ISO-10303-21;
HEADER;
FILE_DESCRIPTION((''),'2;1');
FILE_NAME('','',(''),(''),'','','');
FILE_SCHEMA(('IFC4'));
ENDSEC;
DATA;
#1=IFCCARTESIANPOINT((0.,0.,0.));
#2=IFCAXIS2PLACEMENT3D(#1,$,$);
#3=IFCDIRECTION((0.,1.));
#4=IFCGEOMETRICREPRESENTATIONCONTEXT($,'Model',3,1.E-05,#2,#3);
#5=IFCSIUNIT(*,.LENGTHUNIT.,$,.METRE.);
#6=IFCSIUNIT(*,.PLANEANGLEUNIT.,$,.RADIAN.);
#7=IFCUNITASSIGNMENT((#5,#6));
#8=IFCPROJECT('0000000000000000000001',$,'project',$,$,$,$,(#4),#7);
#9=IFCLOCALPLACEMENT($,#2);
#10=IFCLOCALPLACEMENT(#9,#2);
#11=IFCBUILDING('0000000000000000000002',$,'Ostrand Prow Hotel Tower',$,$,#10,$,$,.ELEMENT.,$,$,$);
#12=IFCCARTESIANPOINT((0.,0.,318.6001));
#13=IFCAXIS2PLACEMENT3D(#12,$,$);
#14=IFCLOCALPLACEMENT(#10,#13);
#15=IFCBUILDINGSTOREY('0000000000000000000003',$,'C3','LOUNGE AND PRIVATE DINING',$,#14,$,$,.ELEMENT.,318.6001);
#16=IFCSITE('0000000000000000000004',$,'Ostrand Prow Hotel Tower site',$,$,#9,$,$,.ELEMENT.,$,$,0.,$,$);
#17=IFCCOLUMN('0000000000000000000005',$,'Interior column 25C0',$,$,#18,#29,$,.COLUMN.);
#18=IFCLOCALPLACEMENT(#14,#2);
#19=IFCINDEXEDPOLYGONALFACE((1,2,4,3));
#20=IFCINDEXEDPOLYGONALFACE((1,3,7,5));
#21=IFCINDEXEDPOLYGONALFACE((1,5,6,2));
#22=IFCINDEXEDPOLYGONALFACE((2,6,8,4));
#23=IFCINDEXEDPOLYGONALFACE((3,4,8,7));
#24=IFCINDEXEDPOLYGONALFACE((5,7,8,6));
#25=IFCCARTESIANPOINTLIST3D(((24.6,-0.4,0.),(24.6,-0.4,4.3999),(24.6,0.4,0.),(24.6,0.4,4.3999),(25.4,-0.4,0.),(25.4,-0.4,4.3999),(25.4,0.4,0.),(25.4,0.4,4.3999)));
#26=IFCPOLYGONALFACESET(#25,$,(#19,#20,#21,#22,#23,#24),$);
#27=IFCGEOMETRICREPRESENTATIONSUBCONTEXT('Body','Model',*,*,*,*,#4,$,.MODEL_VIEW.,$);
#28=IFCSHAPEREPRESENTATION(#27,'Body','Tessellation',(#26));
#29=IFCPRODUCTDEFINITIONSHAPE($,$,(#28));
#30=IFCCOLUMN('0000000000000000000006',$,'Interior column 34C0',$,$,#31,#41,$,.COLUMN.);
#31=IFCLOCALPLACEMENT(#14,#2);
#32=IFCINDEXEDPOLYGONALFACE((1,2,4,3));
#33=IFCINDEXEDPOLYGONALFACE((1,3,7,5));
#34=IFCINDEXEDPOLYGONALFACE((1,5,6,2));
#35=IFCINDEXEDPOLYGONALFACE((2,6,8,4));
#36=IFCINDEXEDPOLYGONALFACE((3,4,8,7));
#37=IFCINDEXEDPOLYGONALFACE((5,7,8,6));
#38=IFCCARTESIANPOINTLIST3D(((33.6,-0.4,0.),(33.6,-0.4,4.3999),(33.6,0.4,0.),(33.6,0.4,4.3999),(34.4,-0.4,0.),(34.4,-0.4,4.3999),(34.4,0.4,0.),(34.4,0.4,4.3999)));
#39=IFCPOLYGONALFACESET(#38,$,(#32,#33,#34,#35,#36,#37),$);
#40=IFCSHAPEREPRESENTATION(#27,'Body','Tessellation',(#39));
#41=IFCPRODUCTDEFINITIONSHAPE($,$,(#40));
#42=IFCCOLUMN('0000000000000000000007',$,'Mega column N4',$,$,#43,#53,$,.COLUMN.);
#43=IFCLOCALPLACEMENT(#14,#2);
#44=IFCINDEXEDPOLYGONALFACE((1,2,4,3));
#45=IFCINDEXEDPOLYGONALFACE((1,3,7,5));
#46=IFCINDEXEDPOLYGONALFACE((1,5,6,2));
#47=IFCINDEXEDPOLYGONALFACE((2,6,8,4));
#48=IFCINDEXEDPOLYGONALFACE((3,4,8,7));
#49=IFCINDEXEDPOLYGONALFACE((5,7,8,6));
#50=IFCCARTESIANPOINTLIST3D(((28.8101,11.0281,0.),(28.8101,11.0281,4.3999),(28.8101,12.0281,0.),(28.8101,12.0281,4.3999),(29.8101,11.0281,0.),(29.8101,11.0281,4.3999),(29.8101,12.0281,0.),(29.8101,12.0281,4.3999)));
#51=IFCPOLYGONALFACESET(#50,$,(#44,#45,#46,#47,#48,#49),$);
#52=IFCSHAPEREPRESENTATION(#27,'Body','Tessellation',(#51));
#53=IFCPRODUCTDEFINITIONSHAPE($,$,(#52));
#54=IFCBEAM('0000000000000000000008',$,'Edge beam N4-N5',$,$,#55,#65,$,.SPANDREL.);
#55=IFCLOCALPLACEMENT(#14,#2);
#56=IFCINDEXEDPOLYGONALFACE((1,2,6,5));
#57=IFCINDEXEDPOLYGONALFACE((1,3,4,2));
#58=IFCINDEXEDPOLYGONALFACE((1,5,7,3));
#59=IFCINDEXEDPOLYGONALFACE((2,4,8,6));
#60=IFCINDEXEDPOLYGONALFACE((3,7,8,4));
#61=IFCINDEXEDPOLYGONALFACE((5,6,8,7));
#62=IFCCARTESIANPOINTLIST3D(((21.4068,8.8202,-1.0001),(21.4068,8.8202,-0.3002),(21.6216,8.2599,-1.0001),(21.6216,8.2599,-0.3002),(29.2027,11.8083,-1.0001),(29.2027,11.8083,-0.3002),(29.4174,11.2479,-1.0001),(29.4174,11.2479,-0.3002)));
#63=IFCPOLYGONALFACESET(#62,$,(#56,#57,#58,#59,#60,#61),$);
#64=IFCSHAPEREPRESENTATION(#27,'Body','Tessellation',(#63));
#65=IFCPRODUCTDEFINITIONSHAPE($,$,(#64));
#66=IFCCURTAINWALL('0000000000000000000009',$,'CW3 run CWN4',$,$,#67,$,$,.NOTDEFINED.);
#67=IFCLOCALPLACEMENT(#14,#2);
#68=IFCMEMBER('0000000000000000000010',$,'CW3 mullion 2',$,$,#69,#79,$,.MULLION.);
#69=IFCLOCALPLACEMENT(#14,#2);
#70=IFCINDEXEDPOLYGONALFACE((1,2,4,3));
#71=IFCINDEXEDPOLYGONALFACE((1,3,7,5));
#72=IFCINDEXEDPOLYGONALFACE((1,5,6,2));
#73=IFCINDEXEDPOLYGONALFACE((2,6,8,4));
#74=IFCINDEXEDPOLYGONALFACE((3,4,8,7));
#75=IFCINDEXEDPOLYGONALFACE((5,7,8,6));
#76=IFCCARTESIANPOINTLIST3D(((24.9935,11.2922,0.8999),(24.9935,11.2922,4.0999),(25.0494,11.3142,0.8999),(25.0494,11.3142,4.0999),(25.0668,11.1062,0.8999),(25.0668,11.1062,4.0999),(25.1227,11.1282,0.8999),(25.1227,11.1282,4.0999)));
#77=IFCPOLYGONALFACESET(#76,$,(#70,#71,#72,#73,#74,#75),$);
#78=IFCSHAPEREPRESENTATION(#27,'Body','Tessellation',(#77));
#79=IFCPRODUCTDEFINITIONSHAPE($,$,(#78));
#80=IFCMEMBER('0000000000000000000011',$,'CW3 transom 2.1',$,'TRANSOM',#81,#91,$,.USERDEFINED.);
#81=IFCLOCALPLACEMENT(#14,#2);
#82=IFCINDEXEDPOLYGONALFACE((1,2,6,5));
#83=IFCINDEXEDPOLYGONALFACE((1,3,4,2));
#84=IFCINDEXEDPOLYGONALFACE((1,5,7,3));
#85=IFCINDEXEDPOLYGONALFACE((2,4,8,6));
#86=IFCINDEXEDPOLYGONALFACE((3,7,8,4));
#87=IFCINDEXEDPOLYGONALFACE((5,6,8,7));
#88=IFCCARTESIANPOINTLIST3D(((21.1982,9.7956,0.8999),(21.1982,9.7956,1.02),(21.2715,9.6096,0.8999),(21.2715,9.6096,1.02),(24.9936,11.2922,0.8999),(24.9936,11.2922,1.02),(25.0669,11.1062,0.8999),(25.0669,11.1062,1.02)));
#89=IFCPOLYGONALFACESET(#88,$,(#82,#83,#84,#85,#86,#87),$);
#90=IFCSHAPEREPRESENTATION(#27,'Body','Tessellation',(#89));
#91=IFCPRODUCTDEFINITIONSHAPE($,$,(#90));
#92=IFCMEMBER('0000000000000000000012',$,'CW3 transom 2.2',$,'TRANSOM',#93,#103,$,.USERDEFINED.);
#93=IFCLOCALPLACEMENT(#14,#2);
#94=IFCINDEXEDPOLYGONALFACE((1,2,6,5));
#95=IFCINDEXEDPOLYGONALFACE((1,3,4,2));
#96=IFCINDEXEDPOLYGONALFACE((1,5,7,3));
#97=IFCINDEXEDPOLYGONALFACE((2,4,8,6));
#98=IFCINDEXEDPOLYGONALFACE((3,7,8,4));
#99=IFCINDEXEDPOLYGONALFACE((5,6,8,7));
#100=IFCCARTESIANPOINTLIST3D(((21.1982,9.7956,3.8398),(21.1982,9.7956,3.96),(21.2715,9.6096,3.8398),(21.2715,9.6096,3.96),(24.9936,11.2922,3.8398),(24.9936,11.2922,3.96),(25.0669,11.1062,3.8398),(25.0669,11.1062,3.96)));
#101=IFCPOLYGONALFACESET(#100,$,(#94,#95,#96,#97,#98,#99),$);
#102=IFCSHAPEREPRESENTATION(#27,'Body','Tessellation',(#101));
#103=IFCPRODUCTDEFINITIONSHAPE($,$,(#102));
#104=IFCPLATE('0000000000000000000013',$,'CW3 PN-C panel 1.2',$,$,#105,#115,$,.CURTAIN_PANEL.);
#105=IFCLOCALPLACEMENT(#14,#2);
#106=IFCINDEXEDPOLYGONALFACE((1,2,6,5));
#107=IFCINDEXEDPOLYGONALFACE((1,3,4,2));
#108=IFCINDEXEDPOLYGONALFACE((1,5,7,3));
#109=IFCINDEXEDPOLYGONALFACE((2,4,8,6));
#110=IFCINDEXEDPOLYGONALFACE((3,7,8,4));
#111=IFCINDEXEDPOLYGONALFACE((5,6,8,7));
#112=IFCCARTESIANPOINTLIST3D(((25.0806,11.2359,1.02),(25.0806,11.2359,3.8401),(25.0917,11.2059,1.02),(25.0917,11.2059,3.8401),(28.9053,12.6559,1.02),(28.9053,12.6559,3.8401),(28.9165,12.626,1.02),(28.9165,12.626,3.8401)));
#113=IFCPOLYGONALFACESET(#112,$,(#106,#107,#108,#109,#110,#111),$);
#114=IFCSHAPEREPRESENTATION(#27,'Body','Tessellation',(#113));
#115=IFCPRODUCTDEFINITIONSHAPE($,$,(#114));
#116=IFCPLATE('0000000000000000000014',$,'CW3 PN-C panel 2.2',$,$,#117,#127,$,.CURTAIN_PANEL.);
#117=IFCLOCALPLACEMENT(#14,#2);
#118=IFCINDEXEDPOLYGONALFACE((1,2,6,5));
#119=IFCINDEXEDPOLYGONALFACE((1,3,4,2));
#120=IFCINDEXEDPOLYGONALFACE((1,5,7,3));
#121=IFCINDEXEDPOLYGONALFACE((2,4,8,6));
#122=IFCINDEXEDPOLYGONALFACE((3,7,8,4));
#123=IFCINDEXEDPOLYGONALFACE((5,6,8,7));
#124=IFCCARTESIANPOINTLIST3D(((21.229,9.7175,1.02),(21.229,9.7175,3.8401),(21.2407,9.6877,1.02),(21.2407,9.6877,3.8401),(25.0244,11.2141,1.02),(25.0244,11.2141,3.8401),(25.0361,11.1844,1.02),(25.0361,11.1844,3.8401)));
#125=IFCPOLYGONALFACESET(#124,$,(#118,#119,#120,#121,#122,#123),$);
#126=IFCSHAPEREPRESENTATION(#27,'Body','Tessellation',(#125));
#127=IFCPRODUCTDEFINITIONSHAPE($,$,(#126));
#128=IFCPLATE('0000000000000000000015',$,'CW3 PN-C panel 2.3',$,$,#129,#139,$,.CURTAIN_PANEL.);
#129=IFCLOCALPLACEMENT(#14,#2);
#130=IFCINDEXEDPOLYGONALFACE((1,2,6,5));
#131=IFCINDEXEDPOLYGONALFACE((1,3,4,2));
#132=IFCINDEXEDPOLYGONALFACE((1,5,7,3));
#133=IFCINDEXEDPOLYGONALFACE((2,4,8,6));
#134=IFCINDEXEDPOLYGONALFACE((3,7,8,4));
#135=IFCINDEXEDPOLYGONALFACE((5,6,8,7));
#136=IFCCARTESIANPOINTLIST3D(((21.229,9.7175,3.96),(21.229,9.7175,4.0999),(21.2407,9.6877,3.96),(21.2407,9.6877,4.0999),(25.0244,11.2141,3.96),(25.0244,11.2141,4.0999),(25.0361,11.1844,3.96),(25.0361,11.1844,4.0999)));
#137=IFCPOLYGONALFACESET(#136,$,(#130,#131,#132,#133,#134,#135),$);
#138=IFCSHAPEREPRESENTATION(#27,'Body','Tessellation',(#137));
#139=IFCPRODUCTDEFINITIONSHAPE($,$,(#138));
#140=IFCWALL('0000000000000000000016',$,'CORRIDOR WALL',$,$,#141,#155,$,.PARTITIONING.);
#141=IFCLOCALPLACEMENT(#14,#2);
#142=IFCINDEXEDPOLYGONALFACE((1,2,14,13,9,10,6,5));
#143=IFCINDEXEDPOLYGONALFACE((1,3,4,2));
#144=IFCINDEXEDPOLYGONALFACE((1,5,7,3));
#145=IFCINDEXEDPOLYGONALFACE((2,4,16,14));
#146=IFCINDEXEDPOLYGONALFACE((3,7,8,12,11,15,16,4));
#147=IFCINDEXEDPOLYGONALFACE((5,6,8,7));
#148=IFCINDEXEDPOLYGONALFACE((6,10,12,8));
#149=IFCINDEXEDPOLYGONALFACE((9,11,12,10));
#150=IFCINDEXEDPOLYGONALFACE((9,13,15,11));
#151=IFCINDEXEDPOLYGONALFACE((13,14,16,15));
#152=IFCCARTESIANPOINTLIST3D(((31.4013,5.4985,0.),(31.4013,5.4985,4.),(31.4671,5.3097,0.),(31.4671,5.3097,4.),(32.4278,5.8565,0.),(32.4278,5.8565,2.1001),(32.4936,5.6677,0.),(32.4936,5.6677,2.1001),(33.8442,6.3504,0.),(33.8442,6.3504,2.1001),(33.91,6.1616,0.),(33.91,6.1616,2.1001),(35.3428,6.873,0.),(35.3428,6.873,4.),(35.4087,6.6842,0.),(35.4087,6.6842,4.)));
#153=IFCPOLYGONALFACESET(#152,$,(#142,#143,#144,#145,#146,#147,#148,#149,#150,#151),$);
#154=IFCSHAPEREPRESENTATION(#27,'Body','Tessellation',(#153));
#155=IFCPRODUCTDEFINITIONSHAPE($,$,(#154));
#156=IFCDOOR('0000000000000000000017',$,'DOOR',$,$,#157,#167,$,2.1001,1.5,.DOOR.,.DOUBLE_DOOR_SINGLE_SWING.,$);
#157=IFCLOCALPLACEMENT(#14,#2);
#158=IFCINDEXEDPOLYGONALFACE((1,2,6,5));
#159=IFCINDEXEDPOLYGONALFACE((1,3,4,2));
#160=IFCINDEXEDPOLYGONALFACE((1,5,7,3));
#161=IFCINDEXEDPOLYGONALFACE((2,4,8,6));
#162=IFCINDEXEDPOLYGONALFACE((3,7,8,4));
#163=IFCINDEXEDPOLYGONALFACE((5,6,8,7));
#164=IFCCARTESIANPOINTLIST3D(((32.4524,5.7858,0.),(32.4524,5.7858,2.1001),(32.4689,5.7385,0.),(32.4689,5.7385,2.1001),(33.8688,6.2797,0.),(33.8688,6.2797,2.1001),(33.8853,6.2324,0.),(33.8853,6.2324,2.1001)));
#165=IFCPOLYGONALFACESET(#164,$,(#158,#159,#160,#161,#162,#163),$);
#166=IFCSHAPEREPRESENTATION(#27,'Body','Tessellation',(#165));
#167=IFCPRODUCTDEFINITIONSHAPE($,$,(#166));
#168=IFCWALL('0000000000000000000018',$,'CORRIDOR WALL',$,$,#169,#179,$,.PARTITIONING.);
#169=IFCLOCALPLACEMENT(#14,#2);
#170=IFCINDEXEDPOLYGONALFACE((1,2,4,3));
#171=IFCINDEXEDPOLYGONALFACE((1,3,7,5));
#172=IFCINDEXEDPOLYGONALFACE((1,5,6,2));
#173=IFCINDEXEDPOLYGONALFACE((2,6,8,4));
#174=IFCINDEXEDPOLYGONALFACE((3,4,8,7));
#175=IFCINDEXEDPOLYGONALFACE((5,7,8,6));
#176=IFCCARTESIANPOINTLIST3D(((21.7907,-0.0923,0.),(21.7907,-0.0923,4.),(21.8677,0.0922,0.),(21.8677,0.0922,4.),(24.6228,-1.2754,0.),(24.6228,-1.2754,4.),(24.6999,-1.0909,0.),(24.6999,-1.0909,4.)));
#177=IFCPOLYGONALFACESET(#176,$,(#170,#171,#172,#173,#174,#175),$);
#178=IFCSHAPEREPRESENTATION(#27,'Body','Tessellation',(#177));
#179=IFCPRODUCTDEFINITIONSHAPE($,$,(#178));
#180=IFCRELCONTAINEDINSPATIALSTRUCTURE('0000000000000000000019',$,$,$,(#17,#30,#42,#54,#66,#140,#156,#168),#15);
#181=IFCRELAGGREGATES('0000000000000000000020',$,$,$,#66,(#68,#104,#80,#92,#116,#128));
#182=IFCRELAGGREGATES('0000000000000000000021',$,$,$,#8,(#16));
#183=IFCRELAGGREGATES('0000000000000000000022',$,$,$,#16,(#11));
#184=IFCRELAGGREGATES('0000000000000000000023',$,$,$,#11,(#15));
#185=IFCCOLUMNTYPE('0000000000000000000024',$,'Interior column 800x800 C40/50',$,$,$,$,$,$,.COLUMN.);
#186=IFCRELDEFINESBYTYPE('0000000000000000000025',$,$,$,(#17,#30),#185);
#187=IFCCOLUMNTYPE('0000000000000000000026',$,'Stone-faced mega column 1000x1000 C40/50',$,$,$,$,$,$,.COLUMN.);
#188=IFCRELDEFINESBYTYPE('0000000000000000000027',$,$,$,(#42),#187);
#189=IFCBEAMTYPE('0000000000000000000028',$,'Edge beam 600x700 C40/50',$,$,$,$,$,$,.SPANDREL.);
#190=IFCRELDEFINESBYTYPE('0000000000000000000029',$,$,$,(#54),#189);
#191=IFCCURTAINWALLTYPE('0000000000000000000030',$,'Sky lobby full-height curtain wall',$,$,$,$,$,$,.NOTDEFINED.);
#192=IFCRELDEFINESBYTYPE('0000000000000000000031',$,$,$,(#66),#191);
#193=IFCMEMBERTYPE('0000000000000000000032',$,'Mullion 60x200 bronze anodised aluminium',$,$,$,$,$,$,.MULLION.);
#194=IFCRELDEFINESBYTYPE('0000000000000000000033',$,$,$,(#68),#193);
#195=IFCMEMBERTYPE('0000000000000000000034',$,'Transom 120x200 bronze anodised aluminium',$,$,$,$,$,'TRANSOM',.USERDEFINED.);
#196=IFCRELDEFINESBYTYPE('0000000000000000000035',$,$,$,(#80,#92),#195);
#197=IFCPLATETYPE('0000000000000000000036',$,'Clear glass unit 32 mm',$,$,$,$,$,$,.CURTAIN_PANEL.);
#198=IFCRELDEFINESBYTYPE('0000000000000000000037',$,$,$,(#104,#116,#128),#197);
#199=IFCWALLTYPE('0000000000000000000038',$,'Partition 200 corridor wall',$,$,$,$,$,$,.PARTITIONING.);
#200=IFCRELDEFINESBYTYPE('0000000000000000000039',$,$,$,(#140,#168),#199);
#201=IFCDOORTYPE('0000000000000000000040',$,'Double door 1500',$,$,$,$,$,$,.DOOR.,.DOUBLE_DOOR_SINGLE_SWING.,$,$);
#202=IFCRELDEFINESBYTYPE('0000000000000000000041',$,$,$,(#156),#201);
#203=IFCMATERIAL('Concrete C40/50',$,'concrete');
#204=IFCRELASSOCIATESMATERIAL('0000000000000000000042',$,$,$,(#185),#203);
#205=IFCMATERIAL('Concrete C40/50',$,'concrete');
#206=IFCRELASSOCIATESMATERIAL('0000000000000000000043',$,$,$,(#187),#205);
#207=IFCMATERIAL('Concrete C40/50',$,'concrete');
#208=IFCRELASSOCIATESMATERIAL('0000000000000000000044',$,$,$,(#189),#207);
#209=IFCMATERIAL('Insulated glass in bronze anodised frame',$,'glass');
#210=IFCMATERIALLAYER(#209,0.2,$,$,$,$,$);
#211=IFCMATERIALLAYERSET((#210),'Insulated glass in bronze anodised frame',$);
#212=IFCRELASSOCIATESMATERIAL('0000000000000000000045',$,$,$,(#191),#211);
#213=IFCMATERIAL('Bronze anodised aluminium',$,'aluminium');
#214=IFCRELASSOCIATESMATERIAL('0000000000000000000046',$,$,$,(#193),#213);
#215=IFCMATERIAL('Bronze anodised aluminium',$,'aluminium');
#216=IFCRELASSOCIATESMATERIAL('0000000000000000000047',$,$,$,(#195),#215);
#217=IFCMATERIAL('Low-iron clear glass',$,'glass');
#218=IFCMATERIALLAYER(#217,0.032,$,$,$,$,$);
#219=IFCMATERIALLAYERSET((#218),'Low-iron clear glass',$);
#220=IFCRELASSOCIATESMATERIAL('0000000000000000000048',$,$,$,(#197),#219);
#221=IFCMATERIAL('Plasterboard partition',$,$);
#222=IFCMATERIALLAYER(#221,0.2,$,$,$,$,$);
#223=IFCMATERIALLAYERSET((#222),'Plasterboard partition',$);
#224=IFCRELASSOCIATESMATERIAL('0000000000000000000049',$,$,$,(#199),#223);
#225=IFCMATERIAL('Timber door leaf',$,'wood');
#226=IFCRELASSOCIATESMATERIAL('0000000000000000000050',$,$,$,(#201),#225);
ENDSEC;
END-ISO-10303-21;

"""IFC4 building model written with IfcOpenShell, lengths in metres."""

from ifc_helpers import new_model, si_unit, direction, frame, frame_2d, origin, origin_2d, place, context, subcontext, project, spatial, rectangle, extrude, material, layer, layer_set, material_profile, profile_set, type_object, element, fill, aggregate, save


model = new_model("IFC4")

# Units and contexts
model_context = context("Model", 3, precision=1e-05, world=origin(), true_north=direction((0.0, 1.0)))
body_context = subcontext(model_context, "Body", "Model", "MODEL_VIEW")
ifc_project = project(units=[si_unit("LENGTHUNIT", "METRE"), si_unit("PLANEANGLEUNIT", "RADIAN")], contexts=[model_context])

# Site, building, storey
site_placement = place(None, origin())
site = spatial("IfcSite", under=ifc_project, at=site_placement, Name="Ostrand Prow Hotel Tower site", CompositionType="ELEMENT", RefElevation=0.0)
building_placement = place(site_placement, origin())
building = spatial("IfcBuilding", under=site, at=building_placement, Name="Ostrand Prow Hotel Tower", CompositionType="ELEMENT")
storey_placement = place(building_placement, frame((0.0, 0.0, 318.6001)))
storey = spatial("IfcBuildingStorey", under=building, at=storey_placement, Name="C3", Description="LOUNGE AND PRIVATE DINING", CompositionType="ELEMENT", Elevation=318.6001)

# Columns
ifc_material_1 = material(Name="Concrete C40/50", Category="concrete")
ifc_material_profile_1 = material_profile(ifc_material_1, rectangle(XDim=0.8, YDim=0.8, at=origin_2d()), Name="RC 800x800")
ifc_profile_set_1 = profile_set([ifc_material_profile_1], Name="Concrete C40/50")
column_type_1 = type_object("IfcColumnType", Name="Interior column 800x800 C40/50", PredefinedType="COLUMN", material=ifc_profile_set_1)
for number, where, z_axis, x_axis, name in (
    (1, (25.0, 0.0, 0.0), (0.0, 0.0, 1.0), (1.0, 0.0, 0.0), "Interior column 25C0"),
    (2, (34.0, 0.0, 0.0), (0.0, 0.0, 1.0), (1.0, 0.0, 0.0), "Interior column 34C0"),
):
    element("IfcColumn", number, at=place(storey_placement, frame(where, z_axis=z_axis, x_axis=x_axis)), inside=storey, type_object=column_type_1, Name=name, PredefinedType="COLUMN", context=body_context, shape_type="SweptSolid", body=[
        extrude(rectangle(XDim=0.8, YDim=0.8, at=origin_2d()), origin(), (0.0, 0.0, 1.0), 4.3999),
    ])
ifc_material_2 = material(Name="Concrete C40/50", Category="concrete")
ifc_material_profile_2 = material_profile(ifc_material_2, rectangle(XDim=1.0, YDim=1.0, at=origin_2d()), Name="RC 1000x1000")
ifc_profile_set_2 = profile_set([ifc_material_profile_2], Name="Concrete C40/50")
column_type_2 = type_object("IfcColumnType", Name="Stone-faced mega column 1000x1000 C40/50", PredefinedType="COLUMN", material=ifc_profile_set_2)
column_placement = place(storey_placement, frame((29.3101, 11.5281, 0.0), z_axis=(0.0, 0.0, 1.0), x_axis=(1.0, 0.0, 0.0)))
element("IfcColumn", 3, at=column_placement, inside=storey, type_object=column_type_2, Name="Mega column N4", PredefinedType="COLUMN", context=body_context, shape_type="SweptSolid", body=[
    extrude(rectangle(XDim=1.0, YDim=1.0, at=origin_2d()), origin(), (0.0, 0.0, 1.0), 4.3999),
])

# Beam
ifc_material_3 = material(Name="Concrete C40/50", Category="concrete")
ifc_material_profile_3 = material_profile(ifc_material_3, rectangle(XDim=0.6001, YDim=0.7, at=origin_2d()), Name="RC 600x700")
ifc_profile_set_3 = profile_set([ifc_material_profile_3], Name="Concrete C40/50")
beam_type = type_object("IfcBeamType", Name="Edge beam 600x700 C40/50", PredefinedType="SPANDREL", material=ifc_profile_set_3)
beam_placement = place(storey_placement, frame((29.3101, 11.5281, -0.6501), z_axis=(-0.933762, -0.357895, 0.0), x_axis=(0.357895, -0.933762, 0.0)))
element("IfcBeam", 4, at=beam_placement, inside=storey, type_object=beam_type, Name="Edge beam N4-N5", PredefinedType="SPANDREL", context=body_context, shape_type="SweptSolid", body=[
    extrude(rectangle(XDim=0.6001, YDim=0.7, at=origin_2d()), origin(), (0.0, 0.0, 1.0), 8.3489),
])

# Curtain wall, members, plates
ifc_material_4 = material(Name="Insulated glass in bronze anodised frame", Category="glass")
ifc_layer_1 = layer(ifc_material_4, 0.2)
ifc_layer_set_1 = layer_set([ifc_layer_1], Name="Insulated glass in bronze anodised frame")
curtain_wall_type = type_object("IfcCurtainWallType", Name="Sky lobby full-height curtain wall", PredefinedType="NOTDEFINED", material=ifc_layer_set_1)
curtain_wall_placement = place(storey_placement, origin())
curtain_wall = element("IfcCurtainWall", 5, at=curtain_wall_placement, inside=storey, type_object=curtain_wall_type, Name="CW3 run CWN4", PredefinedType="NOTDEFINED")
ifc_material_5 = material(Name="Bronze anodised aluminium", Category="aluminium")
ifc_material_profile_4 = material_profile(ifc_material_5, rectangle(XDim=0.2, YDim=0.0601, at=origin_2d()), Name="Mullion 60x200 bronze anodised aluminium")
ifc_profile_set_4 = profile_set([ifc_material_profile_4], Name="Bronze anodised aluminium")
member_type_1 = type_object("IfcMemberType", Name="Mullion 60x200 bronze anodised aluminium", PredefinedType="MULLION", material=ifc_profile_set_4)
member_1_placement = place(storey_placement, frame((25.0581, 11.2102, 0.8999), z_axis=(0.0, 0.0, 1.0), x_axis=(0.366845, -0.930282, 0.0)))
member_1 = element("IfcMember", 6, at=member_1_placement, type_object=member_type_1, Name="CW3 mullion 2", PredefinedType="MULLION", context=body_context, shape_type="SweptSolid", body=[
    extrude(rectangle(XDim=0.2, YDim=0.0601, at=origin_2d()), origin(), (0.0, 0.0, 1.0), 3.2),
])
ifc_material_6 = material(Name="Bronze anodised aluminium", Category="aluminium")
ifc_material_profile_5 = material_profile(ifc_material_6, rectangle(XDim=0.2, YDim=0.1201, at=origin_2d()), Name="Transom 120x200 bronze anodised aluminium")
ifc_profile_set_5 = profile_set([ifc_material_profile_5], Name="Bronze anodised aluminium")
member_type_2 = type_object("IfcMemberType", Name="Transom 120x200 bronze anodised aluminium", ElementType="TRANSOM", PredefinedType="USERDEFINED", material=ifc_profile_set_5)
member_2_placement = place(storey_placement, frame((25.0303, 11.1992, 0.96), z_axis=(-0.93029, -0.366826, 0.0), x_axis=(0.366826, -0.93029, 0.0)))
member_2 = element("IfcMember", 7, at=member_2_placement, type_object=member_type_2, Name="CW3 transom 2.1", ObjectType="TRANSOM", PredefinedType="USERDEFINED", context=body_context, shape_type="SweptSolid", body=[
    extrude(rectangle(XDim=0.2, YDim=0.1201, at=origin_2d()), origin(), (0.0, 0.0, 1.0), 4.0798),
])
member_3_placement = place(storey_placement, frame((25.0303, 11.1992, 3.8999), z_axis=(-0.93029, -0.366826, 0.0), x_axis=(0.366826, -0.93029, 0.0)))
member_3 = element("IfcMember", 8, at=member_3_placement, type_object=member_type_2, Name="CW3 transom 2.2", ObjectType="TRANSOM", PredefinedType="USERDEFINED", context=body_context, shape_type="SweptSolid", body=[
    extrude(rectangle(XDim=0.2, YDim=0.1201, at=origin_2d()), origin(), (0.0, 0.0, 1.0), 4.0798),
])
ifc_material_7 = material(Name="Low-iron clear glass", Category="glass")
ifc_layer_2 = layer(ifc_material_7, 0.032)
ifc_layer_set_2 = layer_set([ifc_layer_2], Name="Low-iron clear glass")
plate_type = type_object("IfcPlateType", Name="Clear glass unit 32 mm", PredefinedType="CURTAIN_PANEL", material=ifc_layer_set_2)
plate_1_placement = place(storey_placement, frame((26.9985, 11.9309, 1.02), z_axis=(0.0, 0.0, 1.0), x_axis=(-0.937468, -0.348071, 0.0)))
plate_1 = element("IfcPlate", 9, at=plate_1_placement, type_object=plate_type, Name="CW3 PN-C panel 1.2", PredefinedType="CURTAIN_PANEL", context=body_context, shape_type="SweptSolid", body=[
    extrude(rectangle(XDim=4.0798, YDim=0.032, at=origin_2d()), origin(), (0.0, 0.0, 1.0), 2.8201),
])
plate_2_placement = place(storey_placement, frame((23.1326, 10.4509, 1.02), z_axis=(0.0, 0.0, 1.0), x_axis=(-0.930282, -0.366845, 0.0)))
plate_2 = element("IfcPlate", 10, at=plate_2_placement, type_object=plate_type, Name="CW3 PN-C panel 2.2", PredefinedType="CURTAIN_PANEL", context=body_context, shape_type="SweptSolid", body=[
    extrude(rectangle(XDim=4.0798, YDim=0.032, at=origin_2d()), origin(), (0.0, 0.0, 1.0), 2.8201),
])
plate_3_placement = place(storey_placement, frame((23.1326, 10.4509, 3.96), z_axis=(0.0, 0.0, 1.0), x_axis=(-0.930282, -0.366845, 0.0)))
plate_3 = element("IfcPlate", 11, at=plate_3_placement, type_object=plate_type, Name="CW3 PN-C panel 2.3", PredefinedType="CURTAIN_PANEL", context=body_context, shape_type="SweptSolid", body=[
    extrude(rectangle(XDim=4.0798, YDim=0.032, at=origin_2d()), origin(), (0.0, 0.0, 1.0), 0.1399),
])
aggregate(curtain_wall, [member_1, plate_1, member_2, member_3, plate_2, plate_3])

# Wall, opening, door
ifc_material_8 = material(Name="Plasterboard partition")
ifc_layer_3 = layer(ifc_material_8, 0.2)
ifc_layer_set_3 = layer_set([ifc_layer_3], Name="Plasterboard partition")
wall_type_1 = type_object("IfcWallType", Name="Partition 200 corridor wall", PredefinedType="PARTITIONING", material=ifc_layer_set_3)
wall_1_placement = place(storey_placement, frame((35.3757, 6.7786, 0.0), z_axis=(0.0, 0.0, 1.0), x_axis=(-0.944236, -0.329269, 0.0)))
wall_1 = element("IfcWall", 12, at=wall_1_placement, inside=storey, type_object=wall_type_1, Name="CORRIDOR WALL", PredefinedType="PARTITIONING", context=body_context, shape_type="SweptSolid", body=[
    extrude(rectangle(XDim=4.1743, YDim=0.2, at=frame_2d((2.0872, 0.0))), origin(), (0.0, 0.0, 1.0), 4.0),
])
opening_1_placement = place(wall_1_placement, frame((1.5872, 0.0, 0.0)))
opening_1 = element("IfcOpeningElement", 13, at=opening_1_placement, cuts=wall_1, PredefinedType="OPENING", context=body_context, shape_type="SweptSolid", body=[
    extrude(rectangle(XDim=1.5, YDim=2.1001, at=frame_2d((0.75, 1.05))), frame((0.0, 0.1099, 0.0), z_axis=(0.0, -1.0, 0.0), x_axis=(1.0, 0.0, 0.0)), (0.0, 0.0, 1.0), 0.22),
])
ifc_material_9 = material(Name="Timber door leaf", Category="wood")
door_type_1 = type_object("IfcDoorType", Name="Double door 1500", OperationType="DOUBLE_DOOR_SINGLE_SWING", PredefinedType="DOOR", material=ifc_material_9)
door_1_placement = place(opening_1_placement, origin())
door_1 = element("IfcDoor", 14, at=door_1_placement, inside=storey, type_object=door_type_1, Name="DOOR", OperationType="DOUBLE_DOOR_SINGLE_SWING", OverallHeight=2.1001, OverallWidth=1.5, PredefinedType="DOOR", context=body_context, shape_type="SweptSolid", body=[
    extrude(rectangle(XDim=1.5, YDim=2.1001, at=frame_2d((0.75, 1.05))), frame((0.0, 0.0249, 0.0), z_axis=(0.0, -1.0, 0.0), x_axis=(1.0, 0.0, 0.0)), (0.0, 0.0, 1.0), 0.05),
])
fill(opening_1, door_1)

# Wall
wall_2_placement = place(storey_placement, frame((24.6614, -1.1831, 0.0), z_axis=(0.0, 0.0, 1.0), x_axis=(-0.922731, 0.385445, 0.0)))
element("IfcWall", 15, at=wall_2_placement, inside=storey, type_object=wall_type_1, Name="CORRIDOR WALL", PredefinedType="PARTITIONING", context=body_context, shape_type="SweptSolid", body=[
    extrude(rectangle(XDim=3.0693, YDim=0.2, at=frame_2d((1.5347, 0.0))), origin(), (0.0, 0.0, 1.0), 4.0),
])

save(model, "model.ifc")
